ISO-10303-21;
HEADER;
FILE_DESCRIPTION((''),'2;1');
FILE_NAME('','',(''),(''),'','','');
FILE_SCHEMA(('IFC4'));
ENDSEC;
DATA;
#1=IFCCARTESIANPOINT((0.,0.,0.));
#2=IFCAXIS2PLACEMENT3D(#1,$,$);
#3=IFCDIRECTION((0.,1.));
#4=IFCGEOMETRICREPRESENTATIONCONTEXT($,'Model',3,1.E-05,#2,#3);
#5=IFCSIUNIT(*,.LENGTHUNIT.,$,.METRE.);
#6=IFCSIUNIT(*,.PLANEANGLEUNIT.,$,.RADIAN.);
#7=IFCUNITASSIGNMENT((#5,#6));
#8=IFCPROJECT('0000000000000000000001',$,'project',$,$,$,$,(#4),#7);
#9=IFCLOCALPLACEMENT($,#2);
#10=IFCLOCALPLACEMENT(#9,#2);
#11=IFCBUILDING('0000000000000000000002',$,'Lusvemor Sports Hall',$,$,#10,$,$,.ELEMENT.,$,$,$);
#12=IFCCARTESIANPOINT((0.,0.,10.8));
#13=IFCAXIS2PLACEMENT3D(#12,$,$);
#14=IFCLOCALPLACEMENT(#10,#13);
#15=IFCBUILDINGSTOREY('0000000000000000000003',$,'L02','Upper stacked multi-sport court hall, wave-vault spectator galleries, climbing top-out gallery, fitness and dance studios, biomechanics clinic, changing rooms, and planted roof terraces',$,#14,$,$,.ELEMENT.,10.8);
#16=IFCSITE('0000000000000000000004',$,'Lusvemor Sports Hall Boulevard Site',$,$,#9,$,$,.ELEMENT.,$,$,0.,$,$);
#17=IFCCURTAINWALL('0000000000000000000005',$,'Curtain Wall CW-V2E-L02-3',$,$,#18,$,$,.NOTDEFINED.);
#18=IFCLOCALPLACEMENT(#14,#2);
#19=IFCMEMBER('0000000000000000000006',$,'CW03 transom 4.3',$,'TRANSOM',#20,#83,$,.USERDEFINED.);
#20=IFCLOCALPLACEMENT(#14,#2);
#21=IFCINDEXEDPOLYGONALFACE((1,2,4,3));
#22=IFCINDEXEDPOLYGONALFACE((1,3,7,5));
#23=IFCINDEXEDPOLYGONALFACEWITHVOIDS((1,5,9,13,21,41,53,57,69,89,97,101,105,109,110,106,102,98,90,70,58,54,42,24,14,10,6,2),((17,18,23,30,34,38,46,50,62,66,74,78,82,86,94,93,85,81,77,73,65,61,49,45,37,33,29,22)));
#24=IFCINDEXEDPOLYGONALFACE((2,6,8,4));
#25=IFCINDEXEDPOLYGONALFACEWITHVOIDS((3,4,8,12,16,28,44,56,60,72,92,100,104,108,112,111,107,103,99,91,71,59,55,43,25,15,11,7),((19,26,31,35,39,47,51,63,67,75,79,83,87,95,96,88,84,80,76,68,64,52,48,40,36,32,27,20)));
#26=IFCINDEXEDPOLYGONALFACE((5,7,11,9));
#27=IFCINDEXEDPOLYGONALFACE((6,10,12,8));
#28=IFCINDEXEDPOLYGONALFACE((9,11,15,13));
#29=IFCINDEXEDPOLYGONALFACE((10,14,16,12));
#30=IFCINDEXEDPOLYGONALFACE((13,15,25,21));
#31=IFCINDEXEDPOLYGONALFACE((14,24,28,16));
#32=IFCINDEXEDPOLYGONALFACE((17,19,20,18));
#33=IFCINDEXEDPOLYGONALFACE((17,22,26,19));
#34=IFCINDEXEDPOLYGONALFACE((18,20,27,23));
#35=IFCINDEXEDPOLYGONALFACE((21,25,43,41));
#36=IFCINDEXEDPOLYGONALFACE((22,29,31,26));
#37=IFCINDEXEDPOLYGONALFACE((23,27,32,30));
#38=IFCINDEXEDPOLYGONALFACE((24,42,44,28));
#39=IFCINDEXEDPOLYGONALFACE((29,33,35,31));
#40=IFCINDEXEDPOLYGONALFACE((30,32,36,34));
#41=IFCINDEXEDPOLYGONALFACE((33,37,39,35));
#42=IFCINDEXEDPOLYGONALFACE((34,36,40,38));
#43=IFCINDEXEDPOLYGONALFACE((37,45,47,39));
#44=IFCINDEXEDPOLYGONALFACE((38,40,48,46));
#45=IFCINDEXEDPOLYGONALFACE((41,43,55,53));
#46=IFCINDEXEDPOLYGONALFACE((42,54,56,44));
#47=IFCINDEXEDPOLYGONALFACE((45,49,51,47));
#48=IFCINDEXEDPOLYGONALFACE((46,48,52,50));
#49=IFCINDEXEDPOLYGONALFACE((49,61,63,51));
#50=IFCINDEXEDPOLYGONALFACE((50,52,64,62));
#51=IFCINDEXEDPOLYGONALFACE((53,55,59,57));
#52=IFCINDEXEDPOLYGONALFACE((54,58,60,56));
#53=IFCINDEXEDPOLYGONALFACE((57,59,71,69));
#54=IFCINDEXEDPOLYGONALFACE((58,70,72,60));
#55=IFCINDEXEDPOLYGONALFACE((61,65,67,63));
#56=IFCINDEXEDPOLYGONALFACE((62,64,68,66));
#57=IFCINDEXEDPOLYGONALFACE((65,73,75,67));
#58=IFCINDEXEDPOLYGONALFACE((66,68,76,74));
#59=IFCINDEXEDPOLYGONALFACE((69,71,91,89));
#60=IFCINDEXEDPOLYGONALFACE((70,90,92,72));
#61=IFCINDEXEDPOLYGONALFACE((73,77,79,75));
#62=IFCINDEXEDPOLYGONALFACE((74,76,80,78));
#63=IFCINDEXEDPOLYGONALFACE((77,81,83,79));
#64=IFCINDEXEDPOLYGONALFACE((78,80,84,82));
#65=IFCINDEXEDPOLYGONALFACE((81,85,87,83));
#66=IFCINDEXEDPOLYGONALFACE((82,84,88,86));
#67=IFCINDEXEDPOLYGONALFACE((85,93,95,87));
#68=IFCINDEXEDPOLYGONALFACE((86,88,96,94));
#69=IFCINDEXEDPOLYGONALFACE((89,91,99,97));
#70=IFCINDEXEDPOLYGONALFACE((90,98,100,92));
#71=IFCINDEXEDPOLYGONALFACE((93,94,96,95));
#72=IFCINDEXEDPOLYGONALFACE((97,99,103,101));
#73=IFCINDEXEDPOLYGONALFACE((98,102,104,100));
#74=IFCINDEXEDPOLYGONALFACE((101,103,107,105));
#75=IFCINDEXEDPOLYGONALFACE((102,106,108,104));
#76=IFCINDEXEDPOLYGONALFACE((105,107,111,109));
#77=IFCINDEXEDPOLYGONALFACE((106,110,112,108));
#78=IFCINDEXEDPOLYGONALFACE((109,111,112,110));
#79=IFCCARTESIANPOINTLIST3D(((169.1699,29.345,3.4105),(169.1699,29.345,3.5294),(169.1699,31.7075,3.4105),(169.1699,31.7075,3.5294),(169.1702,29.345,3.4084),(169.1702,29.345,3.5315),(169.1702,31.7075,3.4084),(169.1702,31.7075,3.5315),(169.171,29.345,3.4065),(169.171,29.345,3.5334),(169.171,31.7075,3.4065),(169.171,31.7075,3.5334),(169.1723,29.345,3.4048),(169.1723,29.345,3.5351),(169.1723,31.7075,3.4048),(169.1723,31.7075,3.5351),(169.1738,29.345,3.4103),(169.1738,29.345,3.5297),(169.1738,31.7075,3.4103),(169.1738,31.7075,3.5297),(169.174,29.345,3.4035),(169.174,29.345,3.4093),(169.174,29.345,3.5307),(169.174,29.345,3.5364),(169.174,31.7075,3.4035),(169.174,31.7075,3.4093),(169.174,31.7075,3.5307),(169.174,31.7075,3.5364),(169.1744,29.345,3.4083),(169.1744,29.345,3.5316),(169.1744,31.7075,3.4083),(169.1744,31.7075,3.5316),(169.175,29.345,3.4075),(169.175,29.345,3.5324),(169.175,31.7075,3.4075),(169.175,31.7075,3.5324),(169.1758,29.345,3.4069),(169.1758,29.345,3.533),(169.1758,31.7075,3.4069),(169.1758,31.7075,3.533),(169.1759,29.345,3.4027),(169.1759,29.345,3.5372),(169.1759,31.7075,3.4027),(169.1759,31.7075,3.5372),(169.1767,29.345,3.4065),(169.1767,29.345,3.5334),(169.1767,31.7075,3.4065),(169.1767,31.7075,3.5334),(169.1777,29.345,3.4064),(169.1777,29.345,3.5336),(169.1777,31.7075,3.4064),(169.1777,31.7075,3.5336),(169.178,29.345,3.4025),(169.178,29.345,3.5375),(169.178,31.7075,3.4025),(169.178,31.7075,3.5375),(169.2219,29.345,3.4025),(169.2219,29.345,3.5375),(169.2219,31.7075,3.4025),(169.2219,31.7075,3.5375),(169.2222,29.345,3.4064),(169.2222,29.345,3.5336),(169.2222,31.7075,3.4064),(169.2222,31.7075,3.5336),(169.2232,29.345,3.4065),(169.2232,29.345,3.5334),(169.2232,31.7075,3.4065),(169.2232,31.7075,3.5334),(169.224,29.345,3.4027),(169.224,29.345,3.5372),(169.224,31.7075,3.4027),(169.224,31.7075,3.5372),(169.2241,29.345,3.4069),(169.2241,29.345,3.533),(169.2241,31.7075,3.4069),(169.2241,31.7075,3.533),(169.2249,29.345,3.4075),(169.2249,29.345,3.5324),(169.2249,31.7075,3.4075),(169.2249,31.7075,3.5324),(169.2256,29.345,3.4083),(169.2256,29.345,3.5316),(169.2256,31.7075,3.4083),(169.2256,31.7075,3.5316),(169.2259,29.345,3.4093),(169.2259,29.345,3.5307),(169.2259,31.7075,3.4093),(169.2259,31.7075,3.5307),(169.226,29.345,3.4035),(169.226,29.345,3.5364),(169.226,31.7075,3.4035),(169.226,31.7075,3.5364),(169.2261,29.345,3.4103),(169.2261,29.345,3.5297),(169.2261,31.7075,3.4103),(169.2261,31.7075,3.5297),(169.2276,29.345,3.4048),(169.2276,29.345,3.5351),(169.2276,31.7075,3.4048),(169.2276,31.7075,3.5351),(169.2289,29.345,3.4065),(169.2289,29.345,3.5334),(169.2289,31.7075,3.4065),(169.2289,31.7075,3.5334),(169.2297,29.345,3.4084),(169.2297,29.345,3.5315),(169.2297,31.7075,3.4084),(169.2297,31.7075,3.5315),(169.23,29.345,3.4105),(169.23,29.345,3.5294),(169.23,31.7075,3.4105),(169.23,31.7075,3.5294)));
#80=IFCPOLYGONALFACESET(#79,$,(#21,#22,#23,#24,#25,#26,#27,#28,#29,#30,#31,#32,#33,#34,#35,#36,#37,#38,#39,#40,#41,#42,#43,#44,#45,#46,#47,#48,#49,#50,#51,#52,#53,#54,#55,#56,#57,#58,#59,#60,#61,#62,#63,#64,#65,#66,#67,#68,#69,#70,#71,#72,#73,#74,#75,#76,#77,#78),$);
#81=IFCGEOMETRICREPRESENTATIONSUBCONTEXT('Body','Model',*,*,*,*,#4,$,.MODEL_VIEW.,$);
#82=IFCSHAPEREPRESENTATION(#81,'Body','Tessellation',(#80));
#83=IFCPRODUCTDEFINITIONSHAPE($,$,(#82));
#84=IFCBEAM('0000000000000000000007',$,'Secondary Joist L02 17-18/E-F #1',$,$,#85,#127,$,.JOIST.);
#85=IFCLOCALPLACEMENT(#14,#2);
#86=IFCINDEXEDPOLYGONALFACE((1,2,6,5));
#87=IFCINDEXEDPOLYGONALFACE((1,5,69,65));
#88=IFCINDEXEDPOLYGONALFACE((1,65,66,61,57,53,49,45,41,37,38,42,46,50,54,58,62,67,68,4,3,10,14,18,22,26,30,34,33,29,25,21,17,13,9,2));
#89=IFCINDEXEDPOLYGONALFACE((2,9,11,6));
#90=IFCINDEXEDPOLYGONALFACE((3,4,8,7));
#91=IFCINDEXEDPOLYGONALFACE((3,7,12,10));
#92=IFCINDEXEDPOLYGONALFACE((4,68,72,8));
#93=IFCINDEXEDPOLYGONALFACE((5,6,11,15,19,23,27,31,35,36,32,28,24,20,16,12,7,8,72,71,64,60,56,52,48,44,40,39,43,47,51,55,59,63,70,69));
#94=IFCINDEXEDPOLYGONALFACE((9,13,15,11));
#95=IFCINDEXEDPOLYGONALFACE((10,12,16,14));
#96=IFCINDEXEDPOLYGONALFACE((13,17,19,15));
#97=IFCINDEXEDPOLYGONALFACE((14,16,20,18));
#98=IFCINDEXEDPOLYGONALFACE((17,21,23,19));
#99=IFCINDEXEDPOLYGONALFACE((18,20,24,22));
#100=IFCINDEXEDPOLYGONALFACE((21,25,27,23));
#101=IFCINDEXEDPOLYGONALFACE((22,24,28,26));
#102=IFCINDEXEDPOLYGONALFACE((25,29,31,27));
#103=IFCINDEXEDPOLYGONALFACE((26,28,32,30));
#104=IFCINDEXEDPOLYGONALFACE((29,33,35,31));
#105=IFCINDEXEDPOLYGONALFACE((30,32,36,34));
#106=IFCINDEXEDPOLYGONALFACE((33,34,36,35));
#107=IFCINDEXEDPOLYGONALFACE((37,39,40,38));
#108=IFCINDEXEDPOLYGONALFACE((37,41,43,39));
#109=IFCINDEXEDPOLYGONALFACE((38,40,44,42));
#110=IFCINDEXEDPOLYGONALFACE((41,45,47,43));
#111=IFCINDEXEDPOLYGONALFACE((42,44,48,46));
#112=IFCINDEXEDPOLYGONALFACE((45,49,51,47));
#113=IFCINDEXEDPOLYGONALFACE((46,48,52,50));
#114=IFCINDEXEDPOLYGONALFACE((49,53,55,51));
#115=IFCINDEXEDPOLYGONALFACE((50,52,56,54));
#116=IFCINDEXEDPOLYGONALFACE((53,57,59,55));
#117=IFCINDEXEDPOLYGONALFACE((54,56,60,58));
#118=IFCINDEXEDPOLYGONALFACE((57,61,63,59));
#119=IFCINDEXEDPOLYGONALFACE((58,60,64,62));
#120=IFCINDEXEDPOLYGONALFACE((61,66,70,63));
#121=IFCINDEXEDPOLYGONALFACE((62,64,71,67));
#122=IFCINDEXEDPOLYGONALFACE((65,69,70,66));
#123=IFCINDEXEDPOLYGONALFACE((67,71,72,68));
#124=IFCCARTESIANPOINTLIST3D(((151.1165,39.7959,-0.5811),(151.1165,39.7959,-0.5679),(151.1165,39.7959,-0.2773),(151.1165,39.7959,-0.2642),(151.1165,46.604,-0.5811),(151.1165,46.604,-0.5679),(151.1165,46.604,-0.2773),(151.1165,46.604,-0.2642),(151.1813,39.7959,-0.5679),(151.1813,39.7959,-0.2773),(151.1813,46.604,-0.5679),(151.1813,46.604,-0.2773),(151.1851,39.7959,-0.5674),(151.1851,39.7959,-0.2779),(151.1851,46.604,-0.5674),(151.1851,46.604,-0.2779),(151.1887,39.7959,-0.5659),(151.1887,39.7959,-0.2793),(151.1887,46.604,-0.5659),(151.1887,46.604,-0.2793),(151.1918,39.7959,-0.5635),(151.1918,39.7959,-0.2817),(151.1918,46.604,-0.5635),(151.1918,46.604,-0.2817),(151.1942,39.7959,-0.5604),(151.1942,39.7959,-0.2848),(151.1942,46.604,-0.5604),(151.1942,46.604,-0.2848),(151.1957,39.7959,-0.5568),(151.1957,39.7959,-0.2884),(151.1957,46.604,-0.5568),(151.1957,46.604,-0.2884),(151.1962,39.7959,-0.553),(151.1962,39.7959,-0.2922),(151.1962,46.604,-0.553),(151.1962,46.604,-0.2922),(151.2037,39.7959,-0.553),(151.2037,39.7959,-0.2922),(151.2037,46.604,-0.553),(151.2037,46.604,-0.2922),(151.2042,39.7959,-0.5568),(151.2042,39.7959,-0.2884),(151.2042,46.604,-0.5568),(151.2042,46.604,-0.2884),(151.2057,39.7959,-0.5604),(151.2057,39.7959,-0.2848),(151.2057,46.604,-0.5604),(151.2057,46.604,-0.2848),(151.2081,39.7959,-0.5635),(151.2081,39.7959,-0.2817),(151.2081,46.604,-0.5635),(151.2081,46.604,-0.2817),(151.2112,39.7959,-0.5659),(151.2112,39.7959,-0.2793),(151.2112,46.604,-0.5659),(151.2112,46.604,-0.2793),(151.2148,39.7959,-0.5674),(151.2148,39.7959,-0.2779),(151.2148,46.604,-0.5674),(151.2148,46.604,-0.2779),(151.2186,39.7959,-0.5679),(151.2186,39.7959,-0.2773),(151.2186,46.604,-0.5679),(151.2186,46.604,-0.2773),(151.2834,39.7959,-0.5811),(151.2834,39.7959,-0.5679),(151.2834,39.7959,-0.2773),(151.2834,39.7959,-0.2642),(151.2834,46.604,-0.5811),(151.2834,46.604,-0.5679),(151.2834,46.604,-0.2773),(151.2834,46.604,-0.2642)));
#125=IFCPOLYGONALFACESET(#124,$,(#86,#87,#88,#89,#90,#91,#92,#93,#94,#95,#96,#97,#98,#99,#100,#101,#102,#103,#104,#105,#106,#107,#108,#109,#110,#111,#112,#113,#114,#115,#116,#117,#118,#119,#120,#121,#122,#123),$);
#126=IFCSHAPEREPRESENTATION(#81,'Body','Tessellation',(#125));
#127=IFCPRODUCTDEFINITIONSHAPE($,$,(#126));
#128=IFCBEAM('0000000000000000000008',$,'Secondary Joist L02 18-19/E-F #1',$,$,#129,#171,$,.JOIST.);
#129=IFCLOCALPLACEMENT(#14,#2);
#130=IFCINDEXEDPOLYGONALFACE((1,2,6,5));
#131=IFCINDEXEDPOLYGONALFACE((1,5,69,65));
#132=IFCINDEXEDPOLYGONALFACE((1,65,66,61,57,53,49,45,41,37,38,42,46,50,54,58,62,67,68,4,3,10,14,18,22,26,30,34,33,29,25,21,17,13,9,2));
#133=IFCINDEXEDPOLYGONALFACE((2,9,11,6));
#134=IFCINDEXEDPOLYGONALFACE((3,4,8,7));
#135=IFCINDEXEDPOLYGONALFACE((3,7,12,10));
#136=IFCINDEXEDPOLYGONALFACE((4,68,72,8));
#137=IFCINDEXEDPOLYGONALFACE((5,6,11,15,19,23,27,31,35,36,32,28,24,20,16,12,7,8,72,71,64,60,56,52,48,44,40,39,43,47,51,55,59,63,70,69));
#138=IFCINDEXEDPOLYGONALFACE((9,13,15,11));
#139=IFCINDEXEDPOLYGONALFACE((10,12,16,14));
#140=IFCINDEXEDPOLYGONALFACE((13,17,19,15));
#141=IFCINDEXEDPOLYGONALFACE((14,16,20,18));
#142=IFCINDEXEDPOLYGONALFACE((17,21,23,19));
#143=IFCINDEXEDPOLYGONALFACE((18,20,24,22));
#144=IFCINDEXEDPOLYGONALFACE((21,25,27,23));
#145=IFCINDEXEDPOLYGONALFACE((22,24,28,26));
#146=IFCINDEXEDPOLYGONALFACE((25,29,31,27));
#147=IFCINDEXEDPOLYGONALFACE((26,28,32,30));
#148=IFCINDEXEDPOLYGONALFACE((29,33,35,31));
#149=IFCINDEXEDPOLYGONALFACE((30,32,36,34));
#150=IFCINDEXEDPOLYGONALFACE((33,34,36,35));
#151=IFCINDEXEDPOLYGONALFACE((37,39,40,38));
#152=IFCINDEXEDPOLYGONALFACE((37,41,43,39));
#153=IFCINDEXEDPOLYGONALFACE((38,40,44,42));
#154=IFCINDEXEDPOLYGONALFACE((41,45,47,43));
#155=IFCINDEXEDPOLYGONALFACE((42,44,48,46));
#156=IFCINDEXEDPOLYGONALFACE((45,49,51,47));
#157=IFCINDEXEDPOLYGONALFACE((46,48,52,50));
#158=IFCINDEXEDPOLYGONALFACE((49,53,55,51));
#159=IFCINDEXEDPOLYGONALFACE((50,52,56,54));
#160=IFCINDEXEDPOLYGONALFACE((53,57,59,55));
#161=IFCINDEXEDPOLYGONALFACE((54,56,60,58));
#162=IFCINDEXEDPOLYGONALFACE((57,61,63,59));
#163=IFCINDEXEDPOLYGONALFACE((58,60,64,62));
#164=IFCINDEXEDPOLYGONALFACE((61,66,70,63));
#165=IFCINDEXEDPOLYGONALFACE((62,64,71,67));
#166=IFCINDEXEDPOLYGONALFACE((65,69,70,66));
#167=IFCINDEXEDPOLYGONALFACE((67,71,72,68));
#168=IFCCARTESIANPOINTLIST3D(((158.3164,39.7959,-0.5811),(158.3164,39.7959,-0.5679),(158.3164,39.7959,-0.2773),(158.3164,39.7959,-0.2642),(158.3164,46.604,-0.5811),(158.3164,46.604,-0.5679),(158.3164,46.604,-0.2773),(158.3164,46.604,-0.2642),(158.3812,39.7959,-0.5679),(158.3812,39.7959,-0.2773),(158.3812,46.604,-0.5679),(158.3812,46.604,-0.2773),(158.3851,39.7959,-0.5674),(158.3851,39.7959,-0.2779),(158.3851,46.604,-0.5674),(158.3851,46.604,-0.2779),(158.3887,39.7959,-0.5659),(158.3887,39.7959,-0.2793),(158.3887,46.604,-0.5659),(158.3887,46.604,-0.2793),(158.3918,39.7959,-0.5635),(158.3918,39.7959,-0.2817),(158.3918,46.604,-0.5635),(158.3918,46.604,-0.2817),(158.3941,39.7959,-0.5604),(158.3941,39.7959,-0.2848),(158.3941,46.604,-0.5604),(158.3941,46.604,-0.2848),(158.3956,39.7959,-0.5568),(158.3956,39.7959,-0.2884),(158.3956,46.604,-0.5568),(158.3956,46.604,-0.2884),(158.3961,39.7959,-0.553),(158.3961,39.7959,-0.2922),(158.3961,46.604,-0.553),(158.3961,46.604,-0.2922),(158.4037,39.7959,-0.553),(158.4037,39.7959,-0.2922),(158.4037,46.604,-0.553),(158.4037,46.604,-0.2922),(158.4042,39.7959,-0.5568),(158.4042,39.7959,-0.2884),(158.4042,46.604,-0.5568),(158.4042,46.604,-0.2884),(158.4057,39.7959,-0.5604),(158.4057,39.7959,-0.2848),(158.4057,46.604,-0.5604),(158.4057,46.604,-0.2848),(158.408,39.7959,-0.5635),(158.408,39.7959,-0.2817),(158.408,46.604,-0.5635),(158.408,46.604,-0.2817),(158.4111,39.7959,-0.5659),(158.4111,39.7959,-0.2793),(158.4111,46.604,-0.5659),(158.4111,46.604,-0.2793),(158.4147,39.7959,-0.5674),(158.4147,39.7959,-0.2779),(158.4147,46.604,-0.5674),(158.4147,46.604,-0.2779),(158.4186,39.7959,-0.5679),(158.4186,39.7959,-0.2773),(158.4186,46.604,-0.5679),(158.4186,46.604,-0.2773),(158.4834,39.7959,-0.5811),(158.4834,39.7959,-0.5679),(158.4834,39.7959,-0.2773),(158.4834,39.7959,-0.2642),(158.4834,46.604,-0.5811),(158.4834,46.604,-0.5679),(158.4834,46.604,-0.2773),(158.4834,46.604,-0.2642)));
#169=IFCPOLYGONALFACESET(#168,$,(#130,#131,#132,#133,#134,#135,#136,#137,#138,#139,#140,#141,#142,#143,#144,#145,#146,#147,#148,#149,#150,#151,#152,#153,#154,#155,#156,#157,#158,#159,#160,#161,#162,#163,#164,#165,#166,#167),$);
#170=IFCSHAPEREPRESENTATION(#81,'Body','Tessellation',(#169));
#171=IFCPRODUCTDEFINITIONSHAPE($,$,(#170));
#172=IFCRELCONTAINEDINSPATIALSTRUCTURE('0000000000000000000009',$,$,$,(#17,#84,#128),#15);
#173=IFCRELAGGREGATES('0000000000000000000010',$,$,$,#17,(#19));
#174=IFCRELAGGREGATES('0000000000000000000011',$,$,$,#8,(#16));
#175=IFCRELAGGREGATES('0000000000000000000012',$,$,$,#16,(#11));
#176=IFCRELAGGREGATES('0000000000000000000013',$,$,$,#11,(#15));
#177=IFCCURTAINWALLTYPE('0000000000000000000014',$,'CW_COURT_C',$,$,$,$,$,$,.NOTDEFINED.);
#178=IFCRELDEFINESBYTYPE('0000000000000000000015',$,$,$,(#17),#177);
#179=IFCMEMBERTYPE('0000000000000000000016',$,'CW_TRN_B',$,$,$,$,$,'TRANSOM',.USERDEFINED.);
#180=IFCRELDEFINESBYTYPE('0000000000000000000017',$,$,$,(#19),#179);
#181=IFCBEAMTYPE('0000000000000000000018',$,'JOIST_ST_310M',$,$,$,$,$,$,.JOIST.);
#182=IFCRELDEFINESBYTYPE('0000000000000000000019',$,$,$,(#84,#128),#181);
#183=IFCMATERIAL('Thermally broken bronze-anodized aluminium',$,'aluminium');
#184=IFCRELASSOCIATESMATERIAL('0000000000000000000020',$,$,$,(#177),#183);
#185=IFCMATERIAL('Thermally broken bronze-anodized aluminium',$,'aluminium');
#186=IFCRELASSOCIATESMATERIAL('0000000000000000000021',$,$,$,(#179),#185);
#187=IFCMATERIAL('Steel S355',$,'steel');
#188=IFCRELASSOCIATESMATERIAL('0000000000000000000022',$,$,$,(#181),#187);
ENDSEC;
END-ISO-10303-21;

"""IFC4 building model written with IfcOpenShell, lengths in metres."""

from ifc_helpers import new_model, si_unit, direction, frame, origin, origin_2d, place, context, subcontext, project, spatial, hollow_rectangle, i_section, extrude, material, material_profile, profile_set, type_object, element, aggregate, save


model = new_model("IFC4")

# Units and contexts
model_context = context("Model", 3, precision=1e-05, world=origin(), true_north=direction((0.0, 1.0)))
body_context = subcontext(model_context, "Body", "Model", "MODEL_VIEW")
ifc_project = project(units=[si_unit("LENGTHUNIT", "METRE"), si_unit("PLANEANGLEUNIT", "RADIAN")], contexts=[model_context])

# Site, building, storey
site_placement = place(None, origin())
site = spatial("IfcSite", under=ifc_project, at=site_placement, Name="Lusvemor Sports Hall Boulevard Site", CompositionType="ELEMENT", RefElevation=0.0)
building_placement = place(site_placement, origin())
building = spatial("IfcBuilding", under=site, at=building_placement, Name="Lusvemor Sports Hall", CompositionType="ELEMENT")
storey_placement = place(building_placement, frame((0.0, 0.0, 10.8)))
storey = spatial("IfcBuildingStorey", under=building, at=storey_placement, Name="L02", Description="Upper stacked multi-sport court hall, wave-vault spectator galleries, climbing top-out gallery, fitness and dance studios, biomechanics clinic, changing rooms, and planted roof terraces", CompositionType="ELEMENT", Elevation=10.8)

# Curtain wall, member
ifc_material_1 = material(Name="Thermally broken bronze-anodized aluminium", Category="aluminium")
curtain_wall_type = type_object("IfcCurtainWallType", Name="CW_COURT_C", PredefinedType="NOTDEFINED", material=ifc_material_1)
curtain_wall_placement = place(storey_placement, origin())
curtain_wall = element("IfcCurtainWall", 1, at=curtain_wall_placement, inside=storey, type_object=curtain_wall_type, Name="Curtain Wall CW-V2E-L02-3", PredefinedType="NOTDEFINED")
ifc_material_2 = material(Name="Thermally broken bronze-anodized aluminium", Category="aluminium")
ifc_material_profile_1 = material_profile(ifc_material_2, hollow_rectangle(XDim=0.0601, YDim=0.135, WallThickness=0.0039, InnerFilletRadius=0.0039, OuterFilletRadius=0.0081, at=origin_2d()), Name="CWTRN135x60x4")
ifc_profile_set_1 = profile_set([ifc_material_profile_1], Name="Thermally broken bronze-anodized aluminium")
member_type_1 = type_object("IfcMemberType", Name="CW_TRN_B", ElementType="TRANSOM", PredefinedType="USERDEFINED", material=ifc_profile_set_1)
member_1_placement = place(storey_placement, frame((169.2, 31.7075, 3.47), z_axis=(0.0, -1.0, 0.0), x_axis=(1.0, 0.0, 0.0)))
member_1 = element("IfcMember", 2, at=member_1_placement, type_object=member_type_1, Name="CW03 transom 4.3", ObjectType="TRANSOM", PredefinedType="USERDEFINED", context=body_context, shape_type="SweptSolid", body=[
    extrude(hollow_rectangle(XDim=0.0601, YDim=0.135, WallThickness=0.0039, InnerFilletRadius=0.0039, OuterFilletRadius=0.0081, at=origin_2d()), origin(), (0.0, 0.0, 1.0), 2.3625),
])

# Beams
ifc_material_3 = material(Name="Steel S355", Category="steel")
ifc_material_profile_2 = material_profile(ifc_material_3, i_section(OverallWidth=0.167, OverallDepth=0.3169, WebThickness=0.0076, FlangeThickness=0.0132, FilletRadius=0.0149, at=origin_2d()), Name="W310x52.0")
ifc_profile_set_2 = profile_set([ifc_material_profile_2], Name="Steel S355")
beam_type_1 = type_object("IfcBeamType", Name="JOIST_ST_310M", PredefinedType="JOIST", material=ifc_profile_set_2)
for number, where, z_axis, x_axis, name in (
    (3, (151.2, 39.7959, -0.4226), (0.0, 1.0, 0.0), (-1.0, 0.0, 0.0), "Secondary Joist L02 17-18/E-F #1"),
    (4, (158.3999, 39.7959, -0.4226), (0.0, 1.0, 0.0), (-1.0, 0.0, 0.0), "Secondary Joist L02 18-19/E-F #1"),
):
    element("IfcBeam", number, at=place(storey_placement, frame(where, z_axis=z_axis, x_axis=x_axis)), inside=storey, type_object=beam_type_1, Name=name, PredefinedType="JOIST", context=body_context, shape_type="SweptSolid", body=[
        extrude(i_section(OverallWidth=0.167, OverallDepth=0.3169, WebThickness=0.0076, FlangeThickness=0.0132, FilletRadius=0.0149, at=origin_2d()), origin(), (0.0, 0.0, 1.0), 6.8081),
    ])

aggregate(curtain_wall, [member_1])

save(model, "model.ifc")
